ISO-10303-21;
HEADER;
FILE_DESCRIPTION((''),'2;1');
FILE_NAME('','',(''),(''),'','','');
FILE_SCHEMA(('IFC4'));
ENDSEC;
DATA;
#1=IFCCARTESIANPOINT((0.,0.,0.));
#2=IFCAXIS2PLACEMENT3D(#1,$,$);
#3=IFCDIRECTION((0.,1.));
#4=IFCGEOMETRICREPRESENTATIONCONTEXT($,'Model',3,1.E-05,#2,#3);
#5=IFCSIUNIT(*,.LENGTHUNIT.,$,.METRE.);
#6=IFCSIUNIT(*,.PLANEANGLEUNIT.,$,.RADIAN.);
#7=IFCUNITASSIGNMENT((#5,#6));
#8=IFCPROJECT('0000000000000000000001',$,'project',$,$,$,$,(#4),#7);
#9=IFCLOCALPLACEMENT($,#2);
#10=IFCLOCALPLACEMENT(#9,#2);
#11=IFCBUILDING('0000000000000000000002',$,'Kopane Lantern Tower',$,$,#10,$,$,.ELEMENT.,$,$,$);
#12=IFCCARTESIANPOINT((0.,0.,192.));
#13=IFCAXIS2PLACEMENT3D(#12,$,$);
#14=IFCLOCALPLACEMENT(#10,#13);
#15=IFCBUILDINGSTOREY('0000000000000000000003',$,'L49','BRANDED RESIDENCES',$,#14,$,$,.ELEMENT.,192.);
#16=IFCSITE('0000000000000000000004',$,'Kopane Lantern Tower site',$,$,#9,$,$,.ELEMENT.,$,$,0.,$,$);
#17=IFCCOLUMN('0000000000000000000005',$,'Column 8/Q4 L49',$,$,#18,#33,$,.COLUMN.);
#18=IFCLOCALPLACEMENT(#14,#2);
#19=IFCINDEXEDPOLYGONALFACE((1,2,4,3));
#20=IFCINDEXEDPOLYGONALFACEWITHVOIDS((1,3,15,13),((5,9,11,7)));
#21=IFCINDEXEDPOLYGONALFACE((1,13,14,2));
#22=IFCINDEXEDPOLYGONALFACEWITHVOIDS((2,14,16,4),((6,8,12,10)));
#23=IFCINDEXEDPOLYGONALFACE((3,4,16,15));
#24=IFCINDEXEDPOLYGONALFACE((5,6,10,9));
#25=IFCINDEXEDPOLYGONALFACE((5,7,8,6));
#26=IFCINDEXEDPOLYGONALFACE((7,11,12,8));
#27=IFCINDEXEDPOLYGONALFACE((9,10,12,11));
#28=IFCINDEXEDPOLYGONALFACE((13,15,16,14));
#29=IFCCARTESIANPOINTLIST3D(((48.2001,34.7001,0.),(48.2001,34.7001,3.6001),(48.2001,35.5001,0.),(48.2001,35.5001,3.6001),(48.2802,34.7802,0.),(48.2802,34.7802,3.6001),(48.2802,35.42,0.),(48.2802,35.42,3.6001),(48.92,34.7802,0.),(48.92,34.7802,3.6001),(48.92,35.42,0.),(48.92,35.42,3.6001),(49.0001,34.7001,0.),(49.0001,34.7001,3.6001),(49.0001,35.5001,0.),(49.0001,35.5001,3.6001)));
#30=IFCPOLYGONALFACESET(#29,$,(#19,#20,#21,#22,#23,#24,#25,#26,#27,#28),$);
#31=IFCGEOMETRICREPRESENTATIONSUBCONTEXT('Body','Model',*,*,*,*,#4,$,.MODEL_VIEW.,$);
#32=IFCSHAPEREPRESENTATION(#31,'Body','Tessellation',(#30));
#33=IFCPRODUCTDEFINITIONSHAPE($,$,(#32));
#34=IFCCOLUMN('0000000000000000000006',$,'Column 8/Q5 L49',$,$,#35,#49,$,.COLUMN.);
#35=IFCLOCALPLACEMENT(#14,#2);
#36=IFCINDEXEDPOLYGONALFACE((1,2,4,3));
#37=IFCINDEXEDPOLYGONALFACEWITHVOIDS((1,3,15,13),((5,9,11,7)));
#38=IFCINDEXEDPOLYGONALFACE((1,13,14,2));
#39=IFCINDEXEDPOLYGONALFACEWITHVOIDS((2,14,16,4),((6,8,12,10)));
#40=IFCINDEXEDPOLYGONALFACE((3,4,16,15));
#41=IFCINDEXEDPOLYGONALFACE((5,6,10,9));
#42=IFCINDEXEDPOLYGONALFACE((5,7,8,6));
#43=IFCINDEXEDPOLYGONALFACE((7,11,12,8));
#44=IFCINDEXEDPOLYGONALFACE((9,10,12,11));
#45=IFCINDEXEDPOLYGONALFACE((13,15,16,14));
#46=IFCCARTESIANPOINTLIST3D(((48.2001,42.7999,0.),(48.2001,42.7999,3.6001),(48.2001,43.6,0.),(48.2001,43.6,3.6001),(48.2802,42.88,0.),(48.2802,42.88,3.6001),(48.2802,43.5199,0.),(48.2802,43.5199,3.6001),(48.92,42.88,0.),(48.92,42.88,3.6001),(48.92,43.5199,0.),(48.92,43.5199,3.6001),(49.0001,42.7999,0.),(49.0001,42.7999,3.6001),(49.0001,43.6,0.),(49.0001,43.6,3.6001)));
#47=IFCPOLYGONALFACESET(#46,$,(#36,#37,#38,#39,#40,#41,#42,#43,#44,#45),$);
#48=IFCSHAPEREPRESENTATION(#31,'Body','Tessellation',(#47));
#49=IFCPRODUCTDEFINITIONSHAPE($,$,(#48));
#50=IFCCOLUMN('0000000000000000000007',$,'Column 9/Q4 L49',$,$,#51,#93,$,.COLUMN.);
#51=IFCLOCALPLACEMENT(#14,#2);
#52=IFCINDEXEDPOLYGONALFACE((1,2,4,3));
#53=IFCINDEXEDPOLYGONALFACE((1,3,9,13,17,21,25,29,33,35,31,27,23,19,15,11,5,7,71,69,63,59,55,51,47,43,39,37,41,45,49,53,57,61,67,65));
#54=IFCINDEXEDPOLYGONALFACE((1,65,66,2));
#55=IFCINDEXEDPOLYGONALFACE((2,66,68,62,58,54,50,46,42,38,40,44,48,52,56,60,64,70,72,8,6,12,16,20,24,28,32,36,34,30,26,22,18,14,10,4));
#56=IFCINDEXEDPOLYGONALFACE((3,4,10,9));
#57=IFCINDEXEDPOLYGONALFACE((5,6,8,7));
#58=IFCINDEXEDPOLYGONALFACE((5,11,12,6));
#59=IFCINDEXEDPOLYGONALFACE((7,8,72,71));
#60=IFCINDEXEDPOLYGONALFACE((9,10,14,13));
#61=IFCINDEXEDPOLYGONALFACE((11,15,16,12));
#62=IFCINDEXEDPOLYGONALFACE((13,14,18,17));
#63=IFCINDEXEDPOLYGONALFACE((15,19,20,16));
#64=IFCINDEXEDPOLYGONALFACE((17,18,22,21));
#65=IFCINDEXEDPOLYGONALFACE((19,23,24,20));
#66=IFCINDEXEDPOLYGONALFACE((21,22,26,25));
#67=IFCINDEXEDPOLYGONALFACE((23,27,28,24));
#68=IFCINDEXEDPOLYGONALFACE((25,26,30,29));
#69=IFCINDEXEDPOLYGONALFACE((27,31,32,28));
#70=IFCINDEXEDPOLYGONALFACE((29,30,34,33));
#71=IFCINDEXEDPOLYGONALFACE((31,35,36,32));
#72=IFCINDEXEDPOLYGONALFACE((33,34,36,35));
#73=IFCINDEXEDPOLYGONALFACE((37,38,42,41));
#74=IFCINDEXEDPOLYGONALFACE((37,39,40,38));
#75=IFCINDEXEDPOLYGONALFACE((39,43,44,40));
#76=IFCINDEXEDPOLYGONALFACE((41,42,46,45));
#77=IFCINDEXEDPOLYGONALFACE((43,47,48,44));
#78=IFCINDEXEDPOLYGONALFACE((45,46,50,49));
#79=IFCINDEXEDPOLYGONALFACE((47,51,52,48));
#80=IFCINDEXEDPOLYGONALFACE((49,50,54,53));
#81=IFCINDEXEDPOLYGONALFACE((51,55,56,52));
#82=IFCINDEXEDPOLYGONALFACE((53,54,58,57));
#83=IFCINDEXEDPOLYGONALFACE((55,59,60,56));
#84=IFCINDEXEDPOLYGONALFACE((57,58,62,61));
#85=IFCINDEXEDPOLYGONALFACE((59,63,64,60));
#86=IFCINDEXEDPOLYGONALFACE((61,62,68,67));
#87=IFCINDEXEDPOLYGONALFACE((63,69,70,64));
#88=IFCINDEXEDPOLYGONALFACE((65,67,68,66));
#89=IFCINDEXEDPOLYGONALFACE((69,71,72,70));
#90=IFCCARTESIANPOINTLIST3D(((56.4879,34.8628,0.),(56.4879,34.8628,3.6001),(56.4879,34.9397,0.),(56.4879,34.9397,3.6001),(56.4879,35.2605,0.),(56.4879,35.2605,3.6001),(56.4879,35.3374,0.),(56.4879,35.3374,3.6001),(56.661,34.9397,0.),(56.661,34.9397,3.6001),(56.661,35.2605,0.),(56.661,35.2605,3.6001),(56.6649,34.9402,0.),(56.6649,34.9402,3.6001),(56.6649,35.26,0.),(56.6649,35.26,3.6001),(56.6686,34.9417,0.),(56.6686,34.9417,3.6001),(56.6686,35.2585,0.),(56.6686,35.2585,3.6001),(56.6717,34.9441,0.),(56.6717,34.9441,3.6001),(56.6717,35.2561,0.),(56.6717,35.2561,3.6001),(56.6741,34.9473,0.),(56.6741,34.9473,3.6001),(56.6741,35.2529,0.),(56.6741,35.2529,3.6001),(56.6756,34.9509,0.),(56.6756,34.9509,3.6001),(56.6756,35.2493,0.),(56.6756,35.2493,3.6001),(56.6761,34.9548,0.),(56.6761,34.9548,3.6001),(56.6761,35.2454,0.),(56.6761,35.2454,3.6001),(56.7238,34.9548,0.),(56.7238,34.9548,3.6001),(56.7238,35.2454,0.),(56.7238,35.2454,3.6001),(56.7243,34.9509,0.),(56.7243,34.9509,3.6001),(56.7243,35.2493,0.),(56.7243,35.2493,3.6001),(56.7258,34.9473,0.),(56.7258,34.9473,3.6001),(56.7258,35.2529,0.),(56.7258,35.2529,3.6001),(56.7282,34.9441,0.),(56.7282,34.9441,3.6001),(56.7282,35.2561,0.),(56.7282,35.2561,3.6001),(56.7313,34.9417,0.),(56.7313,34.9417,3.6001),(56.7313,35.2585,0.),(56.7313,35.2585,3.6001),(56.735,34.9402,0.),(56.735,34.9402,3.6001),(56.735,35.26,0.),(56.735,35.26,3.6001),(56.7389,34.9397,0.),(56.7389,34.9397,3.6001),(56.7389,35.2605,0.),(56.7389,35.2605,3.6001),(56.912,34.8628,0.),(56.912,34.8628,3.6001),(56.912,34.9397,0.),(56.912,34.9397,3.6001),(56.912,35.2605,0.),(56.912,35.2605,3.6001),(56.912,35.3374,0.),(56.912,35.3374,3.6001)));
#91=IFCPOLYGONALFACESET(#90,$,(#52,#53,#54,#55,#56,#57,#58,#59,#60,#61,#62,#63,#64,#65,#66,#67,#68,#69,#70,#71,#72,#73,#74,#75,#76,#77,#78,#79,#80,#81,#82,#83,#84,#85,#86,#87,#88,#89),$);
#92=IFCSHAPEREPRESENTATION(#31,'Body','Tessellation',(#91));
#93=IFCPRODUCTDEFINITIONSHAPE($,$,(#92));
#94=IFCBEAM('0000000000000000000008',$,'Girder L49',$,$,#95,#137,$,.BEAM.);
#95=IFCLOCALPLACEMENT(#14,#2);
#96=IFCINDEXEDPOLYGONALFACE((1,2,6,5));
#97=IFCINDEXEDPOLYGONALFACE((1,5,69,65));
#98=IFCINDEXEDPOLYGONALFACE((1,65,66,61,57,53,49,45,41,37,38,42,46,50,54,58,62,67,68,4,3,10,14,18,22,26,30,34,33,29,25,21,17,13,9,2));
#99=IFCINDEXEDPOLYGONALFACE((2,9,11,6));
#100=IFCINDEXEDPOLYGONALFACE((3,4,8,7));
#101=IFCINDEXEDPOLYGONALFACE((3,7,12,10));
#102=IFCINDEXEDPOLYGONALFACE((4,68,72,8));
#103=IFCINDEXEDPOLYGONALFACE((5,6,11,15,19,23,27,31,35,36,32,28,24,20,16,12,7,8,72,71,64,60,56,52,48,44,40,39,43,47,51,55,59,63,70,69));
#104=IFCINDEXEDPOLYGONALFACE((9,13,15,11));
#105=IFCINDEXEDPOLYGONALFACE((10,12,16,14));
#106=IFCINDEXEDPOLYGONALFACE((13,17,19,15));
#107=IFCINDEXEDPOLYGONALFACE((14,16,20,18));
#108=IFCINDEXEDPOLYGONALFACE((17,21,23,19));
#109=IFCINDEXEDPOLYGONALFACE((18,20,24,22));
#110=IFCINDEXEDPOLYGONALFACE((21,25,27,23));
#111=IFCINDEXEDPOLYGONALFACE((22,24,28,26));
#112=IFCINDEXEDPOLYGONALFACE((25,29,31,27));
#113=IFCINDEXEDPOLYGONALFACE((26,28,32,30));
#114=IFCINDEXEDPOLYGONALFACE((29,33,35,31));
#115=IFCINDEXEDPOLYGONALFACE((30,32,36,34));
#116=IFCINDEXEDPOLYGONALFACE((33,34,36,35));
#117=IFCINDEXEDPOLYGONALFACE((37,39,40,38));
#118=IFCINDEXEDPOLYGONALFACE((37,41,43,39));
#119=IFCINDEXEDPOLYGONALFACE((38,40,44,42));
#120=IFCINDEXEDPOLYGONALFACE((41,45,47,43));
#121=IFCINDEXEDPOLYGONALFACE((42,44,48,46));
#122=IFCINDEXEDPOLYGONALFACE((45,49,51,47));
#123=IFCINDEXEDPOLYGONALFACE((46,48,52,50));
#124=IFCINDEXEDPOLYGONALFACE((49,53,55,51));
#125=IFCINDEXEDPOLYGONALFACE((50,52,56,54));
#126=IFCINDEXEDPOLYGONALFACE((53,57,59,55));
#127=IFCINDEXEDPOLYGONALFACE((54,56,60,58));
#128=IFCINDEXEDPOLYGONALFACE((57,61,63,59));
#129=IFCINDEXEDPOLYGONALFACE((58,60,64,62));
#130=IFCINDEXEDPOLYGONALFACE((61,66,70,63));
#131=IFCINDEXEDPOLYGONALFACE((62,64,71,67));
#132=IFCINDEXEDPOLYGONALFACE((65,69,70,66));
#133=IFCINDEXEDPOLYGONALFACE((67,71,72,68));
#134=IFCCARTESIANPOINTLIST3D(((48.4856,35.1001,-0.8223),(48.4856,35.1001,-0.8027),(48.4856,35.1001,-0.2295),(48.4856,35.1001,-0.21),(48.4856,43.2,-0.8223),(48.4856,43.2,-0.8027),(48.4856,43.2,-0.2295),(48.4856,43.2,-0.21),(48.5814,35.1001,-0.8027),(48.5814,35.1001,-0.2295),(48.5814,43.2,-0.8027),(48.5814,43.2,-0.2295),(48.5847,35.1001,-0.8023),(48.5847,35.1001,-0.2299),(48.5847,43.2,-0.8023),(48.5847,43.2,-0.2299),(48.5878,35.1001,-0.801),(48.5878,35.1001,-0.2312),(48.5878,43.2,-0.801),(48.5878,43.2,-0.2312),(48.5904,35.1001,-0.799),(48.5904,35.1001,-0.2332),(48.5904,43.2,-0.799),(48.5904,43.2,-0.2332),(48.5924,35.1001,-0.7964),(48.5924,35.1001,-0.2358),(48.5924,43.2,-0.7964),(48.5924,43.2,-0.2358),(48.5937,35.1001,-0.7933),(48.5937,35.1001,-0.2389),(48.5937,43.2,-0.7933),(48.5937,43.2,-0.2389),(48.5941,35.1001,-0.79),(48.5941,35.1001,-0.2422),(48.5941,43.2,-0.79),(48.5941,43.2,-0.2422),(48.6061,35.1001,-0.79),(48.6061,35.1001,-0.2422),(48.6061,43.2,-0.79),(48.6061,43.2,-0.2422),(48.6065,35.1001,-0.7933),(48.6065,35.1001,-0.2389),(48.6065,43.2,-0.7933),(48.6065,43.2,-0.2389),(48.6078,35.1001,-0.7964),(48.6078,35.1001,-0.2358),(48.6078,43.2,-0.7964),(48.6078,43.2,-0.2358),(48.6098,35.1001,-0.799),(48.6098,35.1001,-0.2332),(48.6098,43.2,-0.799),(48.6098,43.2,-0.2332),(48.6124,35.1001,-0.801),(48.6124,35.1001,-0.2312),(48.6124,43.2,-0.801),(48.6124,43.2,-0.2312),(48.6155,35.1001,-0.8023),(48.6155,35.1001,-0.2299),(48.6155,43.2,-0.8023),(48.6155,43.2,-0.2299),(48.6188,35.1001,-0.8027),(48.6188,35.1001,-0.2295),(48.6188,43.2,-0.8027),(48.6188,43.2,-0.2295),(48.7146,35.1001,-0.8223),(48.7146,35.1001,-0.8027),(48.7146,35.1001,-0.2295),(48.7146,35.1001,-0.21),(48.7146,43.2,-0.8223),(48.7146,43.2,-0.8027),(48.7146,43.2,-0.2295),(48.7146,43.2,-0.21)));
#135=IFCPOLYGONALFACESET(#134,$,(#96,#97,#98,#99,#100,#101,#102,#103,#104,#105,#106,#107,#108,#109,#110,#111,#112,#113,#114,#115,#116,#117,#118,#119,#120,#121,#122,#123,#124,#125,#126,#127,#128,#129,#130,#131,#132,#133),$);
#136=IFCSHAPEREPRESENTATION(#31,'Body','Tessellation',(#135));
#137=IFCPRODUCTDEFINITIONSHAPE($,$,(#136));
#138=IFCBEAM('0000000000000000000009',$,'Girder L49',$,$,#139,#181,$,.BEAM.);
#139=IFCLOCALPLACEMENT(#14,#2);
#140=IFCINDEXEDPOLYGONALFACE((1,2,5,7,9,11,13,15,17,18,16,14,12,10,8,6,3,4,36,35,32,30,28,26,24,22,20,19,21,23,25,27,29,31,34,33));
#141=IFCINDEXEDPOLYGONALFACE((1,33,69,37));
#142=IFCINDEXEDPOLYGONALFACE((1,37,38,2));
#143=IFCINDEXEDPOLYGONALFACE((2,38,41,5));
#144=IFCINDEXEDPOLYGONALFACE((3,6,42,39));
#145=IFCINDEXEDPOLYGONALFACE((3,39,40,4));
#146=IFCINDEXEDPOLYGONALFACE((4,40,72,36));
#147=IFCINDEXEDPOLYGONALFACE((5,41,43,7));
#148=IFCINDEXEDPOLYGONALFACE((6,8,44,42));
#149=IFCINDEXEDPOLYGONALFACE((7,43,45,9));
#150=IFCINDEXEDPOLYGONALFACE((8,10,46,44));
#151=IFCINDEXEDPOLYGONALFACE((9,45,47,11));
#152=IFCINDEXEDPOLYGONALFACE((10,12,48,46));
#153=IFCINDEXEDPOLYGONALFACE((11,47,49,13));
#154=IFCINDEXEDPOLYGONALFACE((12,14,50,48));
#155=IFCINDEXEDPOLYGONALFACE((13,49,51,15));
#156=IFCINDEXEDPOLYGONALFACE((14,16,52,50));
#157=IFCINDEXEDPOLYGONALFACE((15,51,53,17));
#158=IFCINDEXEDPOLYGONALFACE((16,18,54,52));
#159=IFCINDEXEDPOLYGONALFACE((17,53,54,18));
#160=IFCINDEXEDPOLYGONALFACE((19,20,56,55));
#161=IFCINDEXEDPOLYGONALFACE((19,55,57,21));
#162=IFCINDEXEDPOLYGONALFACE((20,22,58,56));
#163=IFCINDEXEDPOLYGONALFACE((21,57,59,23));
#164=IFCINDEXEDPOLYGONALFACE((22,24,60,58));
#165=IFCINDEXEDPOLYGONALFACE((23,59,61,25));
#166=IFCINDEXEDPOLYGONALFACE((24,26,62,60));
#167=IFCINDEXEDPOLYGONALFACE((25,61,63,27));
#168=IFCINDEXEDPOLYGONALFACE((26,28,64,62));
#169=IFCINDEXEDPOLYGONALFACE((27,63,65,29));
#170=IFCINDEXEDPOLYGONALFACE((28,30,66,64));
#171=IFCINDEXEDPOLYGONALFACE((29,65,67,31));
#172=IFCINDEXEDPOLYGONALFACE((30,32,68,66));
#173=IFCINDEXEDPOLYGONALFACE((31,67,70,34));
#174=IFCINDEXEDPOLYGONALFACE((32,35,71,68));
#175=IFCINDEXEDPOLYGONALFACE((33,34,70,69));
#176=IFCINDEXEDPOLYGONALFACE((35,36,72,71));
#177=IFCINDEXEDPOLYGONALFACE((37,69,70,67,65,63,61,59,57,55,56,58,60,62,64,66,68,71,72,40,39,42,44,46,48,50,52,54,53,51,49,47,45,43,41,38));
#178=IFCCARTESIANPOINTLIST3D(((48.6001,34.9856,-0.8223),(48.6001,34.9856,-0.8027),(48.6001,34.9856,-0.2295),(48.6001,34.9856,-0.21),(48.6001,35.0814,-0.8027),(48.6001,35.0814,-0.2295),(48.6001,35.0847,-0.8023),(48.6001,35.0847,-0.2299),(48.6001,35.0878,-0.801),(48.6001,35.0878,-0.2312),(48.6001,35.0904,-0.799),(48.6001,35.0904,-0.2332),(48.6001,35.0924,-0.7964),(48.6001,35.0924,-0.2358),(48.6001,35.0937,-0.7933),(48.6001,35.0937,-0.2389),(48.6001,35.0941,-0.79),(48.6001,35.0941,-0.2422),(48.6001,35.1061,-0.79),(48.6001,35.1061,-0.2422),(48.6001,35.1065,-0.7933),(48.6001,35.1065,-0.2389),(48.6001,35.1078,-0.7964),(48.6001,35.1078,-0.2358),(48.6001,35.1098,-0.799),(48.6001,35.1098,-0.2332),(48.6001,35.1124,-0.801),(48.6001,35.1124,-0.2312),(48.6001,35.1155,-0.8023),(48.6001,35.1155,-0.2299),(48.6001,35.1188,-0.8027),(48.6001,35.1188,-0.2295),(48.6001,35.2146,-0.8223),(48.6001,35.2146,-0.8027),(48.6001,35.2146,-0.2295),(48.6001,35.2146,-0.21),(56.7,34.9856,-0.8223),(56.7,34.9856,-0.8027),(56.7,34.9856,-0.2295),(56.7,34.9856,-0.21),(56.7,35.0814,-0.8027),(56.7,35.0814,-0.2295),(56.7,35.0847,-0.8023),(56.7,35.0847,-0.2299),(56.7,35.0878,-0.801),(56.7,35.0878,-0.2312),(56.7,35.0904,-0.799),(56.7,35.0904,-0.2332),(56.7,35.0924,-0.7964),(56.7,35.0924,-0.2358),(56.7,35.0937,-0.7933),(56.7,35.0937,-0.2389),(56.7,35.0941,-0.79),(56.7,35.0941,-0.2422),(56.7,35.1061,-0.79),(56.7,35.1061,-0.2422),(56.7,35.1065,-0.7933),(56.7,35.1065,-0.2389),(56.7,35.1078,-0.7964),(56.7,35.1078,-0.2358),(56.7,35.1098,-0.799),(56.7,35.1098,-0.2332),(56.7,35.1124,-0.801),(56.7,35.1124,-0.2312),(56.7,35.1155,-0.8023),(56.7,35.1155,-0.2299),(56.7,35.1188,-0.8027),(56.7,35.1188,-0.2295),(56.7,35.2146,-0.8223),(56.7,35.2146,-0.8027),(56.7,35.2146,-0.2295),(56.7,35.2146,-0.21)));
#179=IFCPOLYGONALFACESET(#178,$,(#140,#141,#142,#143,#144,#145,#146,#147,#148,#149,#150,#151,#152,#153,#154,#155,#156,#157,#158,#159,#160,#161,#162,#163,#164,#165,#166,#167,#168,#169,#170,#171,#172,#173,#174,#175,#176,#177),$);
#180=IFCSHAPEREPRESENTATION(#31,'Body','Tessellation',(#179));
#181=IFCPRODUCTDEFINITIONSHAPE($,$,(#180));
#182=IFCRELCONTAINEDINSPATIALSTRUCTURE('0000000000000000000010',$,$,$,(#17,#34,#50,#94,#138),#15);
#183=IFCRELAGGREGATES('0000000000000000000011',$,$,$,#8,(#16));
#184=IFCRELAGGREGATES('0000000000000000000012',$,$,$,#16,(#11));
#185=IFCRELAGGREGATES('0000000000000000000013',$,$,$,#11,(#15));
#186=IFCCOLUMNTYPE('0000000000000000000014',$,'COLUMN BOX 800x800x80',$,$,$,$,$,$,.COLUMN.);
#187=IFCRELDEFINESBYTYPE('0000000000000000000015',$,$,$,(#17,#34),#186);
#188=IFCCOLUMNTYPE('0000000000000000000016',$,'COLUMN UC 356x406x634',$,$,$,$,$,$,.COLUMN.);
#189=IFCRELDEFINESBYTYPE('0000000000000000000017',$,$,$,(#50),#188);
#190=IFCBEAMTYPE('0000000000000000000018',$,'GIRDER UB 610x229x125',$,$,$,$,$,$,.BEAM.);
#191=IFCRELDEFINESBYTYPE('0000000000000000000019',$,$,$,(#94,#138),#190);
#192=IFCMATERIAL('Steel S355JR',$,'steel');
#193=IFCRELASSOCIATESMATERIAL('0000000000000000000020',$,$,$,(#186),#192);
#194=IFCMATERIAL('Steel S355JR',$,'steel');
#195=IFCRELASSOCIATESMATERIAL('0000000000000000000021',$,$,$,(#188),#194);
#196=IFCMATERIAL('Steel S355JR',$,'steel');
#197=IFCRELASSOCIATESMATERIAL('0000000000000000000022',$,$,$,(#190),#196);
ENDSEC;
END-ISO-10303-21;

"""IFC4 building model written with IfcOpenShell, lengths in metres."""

from ifc_helpers import new_model, si_unit, direction, frame, origin, origin_2d, place, context, subcontext, project, spatial, hollow_rectangle, i_section, extrude, material, material_profile, profile_set, type_object, element, save


model = new_model("IFC4")

# Units and contexts
model_context = context("Model", 3, precision=1e-05, world=origin(), true_north=direction((0.0, 1.0)))
body_context = subcontext(model_context, "Body", "Model", "MODEL_VIEW")
ifc_project = project(units=[si_unit("LENGTHUNIT", "METRE"), si_unit("PLANEANGLEUNIT", "RADIAN")], contexts=[model_context])

# Site, building, storey
site_placement = place(None, origin())
site = spatial("IfcSite", under=ifc_project, at=site_placement, Name="Kopane Lantern Tower site", CompositionType="ELEMENT", RefElevation=0.0)
building_placement = place(site_placement, origin())
building = spatial("IfcBuilding", under=site, at=building_placement, Name="Kopane Lantern Tower", CompositionType="ELEMENT")
storey_placement = place(building_placement, frame((0.0, 0.0, 192.0)))
storey = spatial("IfcBuildingStorey", under=building, at=storey_placement, Name="L49", Description="BRANDED RESIDENCES", CompositionType="ELEMENT", Elevation=192.0)

# Columns
ifc_material_1 = material(Name="Steel S355JR", Category="steel")
ifc_material_profile_1 = material_profile(ifc_material_1, hollow_rectangle(XDim=0.8, YDim=0.8, WallThickness=0.0801, at=origin_2d()), Name="BOX 800x800x80")
ifc_profile_set_1 = profile_set([ifc_material_profile_1], Name="Steel S355JR")
column_type_1 = type_object("IfcColumnType", Name="COLUMN BOX 800x800x80", PredefinedType="COLUMN", material=ifc_profile_set_1)
for number, where, z_axis, x_axis, name in (
    (1, (48.6001, 35.1001, 0.0), (0.0, 0.0, 1.0), (1.0, 0.0, 0.0), "Column 8/Q4 L49"),
    (2, (48.6001, 43.2, 0.0), (0.0, 0.0, 1.0), (1.0, 0.0, 0.0), "Column 8/Q5 L49"),
):
    element("IfcColumn", number, at=place(storey_placement, frame(where, z_axis=z_axis, x_axis=x_axis)), inside=storey, type_object=column_type_1, Name=name, PredefinedType="COLUMN", context=body_context, shape_type="SweptSolid", body=[
        extrude(hollow_rectangle(XDim=0.8, YDim=0.8, WallThickness=0.0801, at=origin_2d()), origin(), (0.0, 0.0, 1.0), 3.6001),
    ])
ifc_material_2 = material(Name="Steel S355JR", Category="steel")
ifc_material_profile_2 = material_profile(ifc_material_2, i_section(OverallWidth=0.4241, OverallDepth=0.4746, WebThickness=0.0476, FlangeThickness=0.0769, FilletRadius=0.0151, at=origin_2d()), Name="UC 356x406x634")
ifc_profile_set_2 = profile_set([ifc_material_profile_2], Name="Steel S355JR")
column_type_2 = type_object("IfcColumnType", Name="COLUMN UC 356x406x634", PredefinedType="COLUMN", material=ifc_profile_set_2)
column_placement = place(storey_placement, frame((56.7, 35.1001, 0.0), z_axis=(0.0, 0.0, 1.0), x_axis=(1.0, 0.0, 0.0)))
element("IfcColumn", 3, at=column_placement, inside=storey, type_object=column_type_2, Name="Column 9/Q4 L49", PredefinedType="COLUMN", context=body_context, shape_type="SweptSolid", body=[
    extrude(i_section(OverallWidth=0.4241, OverallDepth=0.4746, WebThickness=0.0476, FlangeThickness=0.0769, FilletRadius=0.0151, at=origin_2d()), origin(), (0.0, 0.0, 1.0), 3.6001),
])

# Beams
ifc_material_3 = material(Name="Steel S355JR", Category="steel")
ifc_material_profile_3 = material_profile(ifc_material_3, i_section(OverallWidth=0.229, OverallDepth=0.6123, WebThickness=0.012, FlangeThickness=0.0195, FilletRadius=0.0127, at=origin_2d()), Name="UB 610x229x125")
ifc_profile_set_3 = profile_set([ifc_material_profile_3], Name="Steel S355JR")
beam_type = type_object("IfcBeamType", Name="GIRDER UB 610x229x125", PredefinedType="BEAM", material=ifc_profile_set_3)
for number, where, z_axis, x_axis, name in (
    (4, (48.6001, 35.1001, -0.5161), (0.0, 1.0, 0.0), (-1.0, 0.0, 0.0), "Girder L49"),
    (5, (48.6001, 35.1001, -0.5161), (1.0, 0.0, 0.0), (0.0, 1.0, 0.0), "Girder L49"),
):
    element("IfcBeam", number, at=place(storey_placement, frame(where, z_axis=z_axis, x_axis=x_axis)), inside=storey, type_object=beam_type, Name=name, PredefinedType="BEAM", context=body_context, shape_type="SweptSolid", body=[
        extrude(i_section(OverallWidth=0.229, OverallDepth=0.6123, WebThickness=0.012, FlangeThickness=0.0195, FilletRadius=0.0127, at=origin_2d()), origin(), (0.0, 0.0, 1.0), 8.0999),
    ])

save(model, "model.ifc")
